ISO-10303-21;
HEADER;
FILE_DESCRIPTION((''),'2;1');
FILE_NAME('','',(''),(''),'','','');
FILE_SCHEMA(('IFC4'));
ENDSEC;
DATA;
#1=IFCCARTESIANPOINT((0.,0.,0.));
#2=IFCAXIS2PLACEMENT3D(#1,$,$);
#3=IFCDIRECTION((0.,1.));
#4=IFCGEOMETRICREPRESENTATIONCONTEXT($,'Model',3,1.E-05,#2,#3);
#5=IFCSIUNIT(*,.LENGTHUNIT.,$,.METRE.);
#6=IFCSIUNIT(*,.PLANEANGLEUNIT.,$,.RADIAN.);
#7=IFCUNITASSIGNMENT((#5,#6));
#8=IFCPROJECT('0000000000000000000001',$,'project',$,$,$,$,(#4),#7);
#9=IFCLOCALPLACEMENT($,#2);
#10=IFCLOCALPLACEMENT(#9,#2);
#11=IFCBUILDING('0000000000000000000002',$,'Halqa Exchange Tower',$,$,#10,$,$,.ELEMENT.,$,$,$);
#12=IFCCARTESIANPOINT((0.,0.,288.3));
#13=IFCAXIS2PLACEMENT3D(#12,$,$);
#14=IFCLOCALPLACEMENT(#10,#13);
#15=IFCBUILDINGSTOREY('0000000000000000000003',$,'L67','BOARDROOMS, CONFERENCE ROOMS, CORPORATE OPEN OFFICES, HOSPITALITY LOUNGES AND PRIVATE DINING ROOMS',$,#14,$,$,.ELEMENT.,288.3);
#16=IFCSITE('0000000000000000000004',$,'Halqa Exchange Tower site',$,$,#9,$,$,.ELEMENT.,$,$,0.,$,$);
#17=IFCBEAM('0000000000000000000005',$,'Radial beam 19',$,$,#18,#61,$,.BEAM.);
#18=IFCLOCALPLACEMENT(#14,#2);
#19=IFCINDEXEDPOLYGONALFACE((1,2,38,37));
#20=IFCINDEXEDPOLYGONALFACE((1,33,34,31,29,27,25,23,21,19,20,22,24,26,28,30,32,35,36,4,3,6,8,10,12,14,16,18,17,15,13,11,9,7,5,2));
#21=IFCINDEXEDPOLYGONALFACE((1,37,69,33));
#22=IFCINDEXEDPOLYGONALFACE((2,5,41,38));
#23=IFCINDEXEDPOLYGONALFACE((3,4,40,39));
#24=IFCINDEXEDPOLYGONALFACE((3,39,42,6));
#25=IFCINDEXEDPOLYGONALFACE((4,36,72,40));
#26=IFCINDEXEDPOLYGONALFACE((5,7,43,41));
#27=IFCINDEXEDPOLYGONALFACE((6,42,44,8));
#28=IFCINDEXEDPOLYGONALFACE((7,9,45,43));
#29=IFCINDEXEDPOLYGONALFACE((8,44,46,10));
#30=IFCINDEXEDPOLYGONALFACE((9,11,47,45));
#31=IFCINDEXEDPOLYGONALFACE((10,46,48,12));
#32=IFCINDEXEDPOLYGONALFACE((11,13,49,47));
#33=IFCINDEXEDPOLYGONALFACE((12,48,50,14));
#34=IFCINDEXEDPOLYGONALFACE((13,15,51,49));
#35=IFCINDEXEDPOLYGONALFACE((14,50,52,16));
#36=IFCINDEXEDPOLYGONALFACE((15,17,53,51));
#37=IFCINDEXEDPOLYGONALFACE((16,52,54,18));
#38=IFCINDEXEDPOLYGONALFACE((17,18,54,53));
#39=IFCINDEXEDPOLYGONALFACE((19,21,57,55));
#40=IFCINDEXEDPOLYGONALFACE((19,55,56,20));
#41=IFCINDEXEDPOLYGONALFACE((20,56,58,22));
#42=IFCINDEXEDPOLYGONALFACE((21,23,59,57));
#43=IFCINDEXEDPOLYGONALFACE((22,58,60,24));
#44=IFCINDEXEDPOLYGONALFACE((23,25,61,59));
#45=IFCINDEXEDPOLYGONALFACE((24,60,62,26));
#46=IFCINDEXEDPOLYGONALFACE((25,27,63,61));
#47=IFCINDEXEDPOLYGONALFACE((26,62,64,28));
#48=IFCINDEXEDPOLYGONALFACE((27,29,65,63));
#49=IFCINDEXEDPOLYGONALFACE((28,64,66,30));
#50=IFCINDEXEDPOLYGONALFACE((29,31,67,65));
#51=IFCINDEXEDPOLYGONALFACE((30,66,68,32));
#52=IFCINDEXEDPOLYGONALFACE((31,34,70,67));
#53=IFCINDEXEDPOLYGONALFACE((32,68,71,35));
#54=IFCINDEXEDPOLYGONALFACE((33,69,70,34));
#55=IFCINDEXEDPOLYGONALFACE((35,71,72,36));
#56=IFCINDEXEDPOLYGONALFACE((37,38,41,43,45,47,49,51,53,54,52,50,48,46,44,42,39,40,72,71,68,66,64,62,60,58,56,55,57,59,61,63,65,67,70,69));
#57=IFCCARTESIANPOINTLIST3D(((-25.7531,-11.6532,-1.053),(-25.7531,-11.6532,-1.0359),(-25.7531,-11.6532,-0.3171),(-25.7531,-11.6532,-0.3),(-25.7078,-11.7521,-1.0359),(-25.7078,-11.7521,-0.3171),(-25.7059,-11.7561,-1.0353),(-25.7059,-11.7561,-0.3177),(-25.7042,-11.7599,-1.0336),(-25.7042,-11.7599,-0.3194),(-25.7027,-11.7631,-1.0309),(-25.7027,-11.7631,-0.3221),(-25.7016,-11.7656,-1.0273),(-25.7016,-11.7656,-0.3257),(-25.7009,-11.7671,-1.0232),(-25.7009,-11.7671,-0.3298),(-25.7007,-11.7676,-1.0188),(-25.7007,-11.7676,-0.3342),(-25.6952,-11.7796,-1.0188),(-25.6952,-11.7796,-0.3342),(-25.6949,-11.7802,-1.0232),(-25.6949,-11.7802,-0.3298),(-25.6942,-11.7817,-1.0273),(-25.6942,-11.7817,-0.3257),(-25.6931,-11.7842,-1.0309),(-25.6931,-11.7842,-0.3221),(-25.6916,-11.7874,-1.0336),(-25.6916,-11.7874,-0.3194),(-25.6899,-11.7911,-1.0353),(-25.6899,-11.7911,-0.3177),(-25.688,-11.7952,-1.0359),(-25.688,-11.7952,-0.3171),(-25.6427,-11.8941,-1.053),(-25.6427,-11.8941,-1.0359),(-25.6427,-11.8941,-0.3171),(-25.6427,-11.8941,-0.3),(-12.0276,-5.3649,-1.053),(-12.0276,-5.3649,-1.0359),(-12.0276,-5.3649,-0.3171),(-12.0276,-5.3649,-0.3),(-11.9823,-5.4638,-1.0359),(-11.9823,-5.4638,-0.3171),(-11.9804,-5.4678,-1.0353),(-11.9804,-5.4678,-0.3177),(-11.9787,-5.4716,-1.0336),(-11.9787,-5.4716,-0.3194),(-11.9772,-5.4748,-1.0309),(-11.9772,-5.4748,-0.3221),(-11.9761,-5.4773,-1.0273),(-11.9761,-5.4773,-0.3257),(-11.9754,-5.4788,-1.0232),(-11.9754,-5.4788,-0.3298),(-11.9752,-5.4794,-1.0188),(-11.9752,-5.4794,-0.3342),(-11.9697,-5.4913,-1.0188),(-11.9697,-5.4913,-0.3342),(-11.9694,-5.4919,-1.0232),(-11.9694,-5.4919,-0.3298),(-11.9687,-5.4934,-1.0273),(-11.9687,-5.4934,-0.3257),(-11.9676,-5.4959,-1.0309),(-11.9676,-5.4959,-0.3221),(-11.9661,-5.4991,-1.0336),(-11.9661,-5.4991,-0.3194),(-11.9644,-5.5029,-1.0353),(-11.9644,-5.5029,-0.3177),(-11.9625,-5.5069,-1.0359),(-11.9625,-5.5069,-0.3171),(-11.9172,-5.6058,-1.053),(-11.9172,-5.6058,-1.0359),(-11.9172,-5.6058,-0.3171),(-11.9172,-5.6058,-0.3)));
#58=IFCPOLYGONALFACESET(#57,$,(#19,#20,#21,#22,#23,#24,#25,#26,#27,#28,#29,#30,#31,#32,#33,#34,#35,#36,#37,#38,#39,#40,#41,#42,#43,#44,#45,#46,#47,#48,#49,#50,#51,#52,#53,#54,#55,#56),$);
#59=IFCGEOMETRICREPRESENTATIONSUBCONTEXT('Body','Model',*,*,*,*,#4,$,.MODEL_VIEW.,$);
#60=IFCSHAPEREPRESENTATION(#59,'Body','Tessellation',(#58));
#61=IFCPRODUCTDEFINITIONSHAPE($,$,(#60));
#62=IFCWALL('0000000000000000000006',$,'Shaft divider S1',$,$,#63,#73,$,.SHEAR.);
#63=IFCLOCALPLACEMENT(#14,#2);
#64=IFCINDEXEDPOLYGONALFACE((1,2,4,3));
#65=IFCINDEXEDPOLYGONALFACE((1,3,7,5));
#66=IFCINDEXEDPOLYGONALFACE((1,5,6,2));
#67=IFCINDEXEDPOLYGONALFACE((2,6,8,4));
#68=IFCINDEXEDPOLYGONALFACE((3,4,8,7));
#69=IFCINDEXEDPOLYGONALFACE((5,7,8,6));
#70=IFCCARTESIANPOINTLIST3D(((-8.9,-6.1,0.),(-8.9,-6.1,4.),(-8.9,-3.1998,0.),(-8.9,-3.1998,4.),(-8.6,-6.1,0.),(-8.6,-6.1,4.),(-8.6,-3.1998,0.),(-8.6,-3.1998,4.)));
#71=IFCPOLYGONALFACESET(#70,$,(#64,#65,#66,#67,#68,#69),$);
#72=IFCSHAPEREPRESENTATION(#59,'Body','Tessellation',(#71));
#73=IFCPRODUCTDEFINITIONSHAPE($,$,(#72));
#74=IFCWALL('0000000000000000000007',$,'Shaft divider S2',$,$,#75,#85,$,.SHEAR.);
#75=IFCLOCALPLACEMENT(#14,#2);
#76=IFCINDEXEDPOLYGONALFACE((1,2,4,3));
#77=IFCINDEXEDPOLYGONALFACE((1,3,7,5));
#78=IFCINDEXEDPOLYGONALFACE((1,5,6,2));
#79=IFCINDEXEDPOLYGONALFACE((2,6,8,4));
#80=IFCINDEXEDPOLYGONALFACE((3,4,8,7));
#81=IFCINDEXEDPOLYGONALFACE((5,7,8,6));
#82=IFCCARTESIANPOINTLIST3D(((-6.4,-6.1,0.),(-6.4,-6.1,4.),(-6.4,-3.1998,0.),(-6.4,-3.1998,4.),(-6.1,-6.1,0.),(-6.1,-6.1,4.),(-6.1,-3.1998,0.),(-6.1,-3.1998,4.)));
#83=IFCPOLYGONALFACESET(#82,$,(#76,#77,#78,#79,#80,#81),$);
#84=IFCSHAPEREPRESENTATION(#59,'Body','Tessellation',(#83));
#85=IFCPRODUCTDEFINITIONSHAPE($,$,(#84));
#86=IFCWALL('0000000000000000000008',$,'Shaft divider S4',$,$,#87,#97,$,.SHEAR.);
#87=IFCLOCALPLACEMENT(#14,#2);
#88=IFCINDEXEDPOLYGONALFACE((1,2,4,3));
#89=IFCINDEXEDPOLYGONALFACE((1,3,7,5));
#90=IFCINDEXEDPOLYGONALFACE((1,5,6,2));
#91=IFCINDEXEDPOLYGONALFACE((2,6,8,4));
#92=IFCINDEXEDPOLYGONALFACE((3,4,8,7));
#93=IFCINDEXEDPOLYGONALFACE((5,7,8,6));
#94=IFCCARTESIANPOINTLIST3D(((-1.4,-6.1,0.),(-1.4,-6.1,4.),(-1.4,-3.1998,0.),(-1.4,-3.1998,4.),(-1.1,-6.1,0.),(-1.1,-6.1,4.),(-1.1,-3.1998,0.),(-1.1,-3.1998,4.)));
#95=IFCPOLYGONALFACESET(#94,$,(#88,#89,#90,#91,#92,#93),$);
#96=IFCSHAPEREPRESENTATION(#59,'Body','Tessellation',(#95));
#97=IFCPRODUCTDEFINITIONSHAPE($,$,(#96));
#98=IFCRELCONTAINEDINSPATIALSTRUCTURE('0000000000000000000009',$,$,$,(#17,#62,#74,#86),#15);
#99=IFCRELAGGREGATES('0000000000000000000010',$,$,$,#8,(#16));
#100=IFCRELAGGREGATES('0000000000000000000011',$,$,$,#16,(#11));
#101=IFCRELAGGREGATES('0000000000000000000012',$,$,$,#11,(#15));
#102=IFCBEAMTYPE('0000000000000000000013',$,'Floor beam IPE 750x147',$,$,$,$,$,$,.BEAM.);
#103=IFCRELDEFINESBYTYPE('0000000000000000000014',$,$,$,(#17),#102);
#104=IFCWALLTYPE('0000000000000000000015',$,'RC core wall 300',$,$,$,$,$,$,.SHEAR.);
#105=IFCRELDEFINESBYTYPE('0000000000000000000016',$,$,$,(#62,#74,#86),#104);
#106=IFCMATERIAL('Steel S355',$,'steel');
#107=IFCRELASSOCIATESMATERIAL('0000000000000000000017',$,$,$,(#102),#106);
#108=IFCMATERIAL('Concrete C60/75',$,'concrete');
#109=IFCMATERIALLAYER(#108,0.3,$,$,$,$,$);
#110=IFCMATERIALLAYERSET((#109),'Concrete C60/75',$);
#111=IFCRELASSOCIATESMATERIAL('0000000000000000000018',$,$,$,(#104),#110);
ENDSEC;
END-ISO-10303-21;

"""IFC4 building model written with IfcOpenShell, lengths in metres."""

from ifc_helpers import new_model, si_unit, direction, frame, frame_2d, origin, origin_2d, place, context, subcontext, project, spatial, rectangle, i_section, extrude, material, layer, layer_set, material_profile, profile_set, type_object, element, save


model = new_model("IFC4")

# Units and contexts
model_context = context("Model", 3, precision=1e-05, world=origin(), true_north=direction((0.0, 1.0)))
body_context = subcontext(model_context, "Body", "Model", "MODEL_VIEW")
ifc_project = project(units=[si_unit("LENGTHUNIT", "METRE"), si_unit("PLANEANGLEUNIT", "RADIAN")], contexts=[model_context])

# Site, building, storey
site_placement = place(None, origin())
site = spatial("IfcSite", under=ifc_project, at=site_placement, Name="Halqa Exchange Tower site", CompositionType="ELEMENT", RefElevation=0.0)
building_placement = place(site_placement, origin())
building = spatial("IfcBuilding", under=site, at=building_placement, Name="Halqa Exchange Tower", CompositionType="ELEMENT")
storey_placement = place(building_placement, frame((0.0, 0.0, 288.3)))
storey = spatial("IfcBuildingStorey", under=building, at=storey_placement, Name="L67", Description="BOARDROOMS, CONFERENCE ROOMS, CORPORATE OPEN OFFICES, HOSPITALITY LOUNGES AND PRIVATE DINING ROOMS", CompositionType="ELEMENT", Elevation=288.3)

# Beam
ifc_material_1 = material(Name="Steel S355", Category="steel")
ifc_material_profile = material_profile(ifc_material_1, i_section(OverallWidth=0.2649, OverallDepth=0.7529, WebThickness=0.0132, FlangeThickness=0.0171, FilletRadius=0.0171, at=origin_2d()), Name="IPE 750x147")
ifc_profile_set = profile_set([ifc_material_profile], Name="Steel S355")
beam_type = type_object("IfcBeamType", Name="Floor beam IPE 750x147", PredefinedType="BEAM", material=ifc_profile_set)
beam_placement = place(storey_placement, frame((-11.9724, -5.4854, -0.6765), z_axis=(-0.909129, -0.416514, 0.0), x_axis=(0.416514, -0.909129, 0.0)))
element("IfcBeam", 1, at=beam_placement, inside=storey, type_object=beam_type, Name="Radial beam 19", PredefinedType="BEAM", context=body_context, shape_type="SweptSolid", body=[
    extrude(i_section(OverallWidth=0.2649, OverallDepth=0.7529, WebThickness=0.0132, FlangeThickness=0.0171, FilletRadius=0.0171, at=origin_2d()), origin(), (0.0, 0.0, 1.0), 15.0974),
])

# Walls
ifc_material_2 = material(Name="Concrete C60/75", Category="concrete")
ifc_layer_1 = layer(ifc_material_2, 0.3)
ifc_layer_set_1 = layer_set([ifc_layer_1], Name="Concrete C60/75")
wall_type_1 = type_object("IfcWallType", Name="RC core wall 300", PredefinedType="SHEAR", material=ifc_layer_set_1)
for number, where, z_axis, x_axis, name in (
    (2, (-8.75, -6.1001, 0.0), (0.0, 0.0, 1.0), (0.0, 1.0, 0.0), "Shaft divider S1"),
    (3, (-6.25, -6.1001, 0.0), (0.0, 0.0, 1.0), (0.0, 1.0, 0.0), "Shaft divider S2"),
    (4, (-1.25, -6.1001, 0.0), (0.0, 0.0, 1.0), (0.0, 1.0, 0.0), "Shaft divider S4"),
):
    element("IfcWall", number, at=place(storey_placement, frame(where, z_axis=z_axis, x_axis=x_axis)), inside=storey, type_object=wall_type_1, Name=name, PredefinedType="SHEAR", context=body_context, shape_type="SweptSolid", body=[
        extrude(rectangle(XDim=2.9001, YDim=0.3, at=frame_2d((1.4502, 0.0))), origin(), (0.0, 0.0, 1.0), 4.0),
    ])

save(model, "model.ifc")
